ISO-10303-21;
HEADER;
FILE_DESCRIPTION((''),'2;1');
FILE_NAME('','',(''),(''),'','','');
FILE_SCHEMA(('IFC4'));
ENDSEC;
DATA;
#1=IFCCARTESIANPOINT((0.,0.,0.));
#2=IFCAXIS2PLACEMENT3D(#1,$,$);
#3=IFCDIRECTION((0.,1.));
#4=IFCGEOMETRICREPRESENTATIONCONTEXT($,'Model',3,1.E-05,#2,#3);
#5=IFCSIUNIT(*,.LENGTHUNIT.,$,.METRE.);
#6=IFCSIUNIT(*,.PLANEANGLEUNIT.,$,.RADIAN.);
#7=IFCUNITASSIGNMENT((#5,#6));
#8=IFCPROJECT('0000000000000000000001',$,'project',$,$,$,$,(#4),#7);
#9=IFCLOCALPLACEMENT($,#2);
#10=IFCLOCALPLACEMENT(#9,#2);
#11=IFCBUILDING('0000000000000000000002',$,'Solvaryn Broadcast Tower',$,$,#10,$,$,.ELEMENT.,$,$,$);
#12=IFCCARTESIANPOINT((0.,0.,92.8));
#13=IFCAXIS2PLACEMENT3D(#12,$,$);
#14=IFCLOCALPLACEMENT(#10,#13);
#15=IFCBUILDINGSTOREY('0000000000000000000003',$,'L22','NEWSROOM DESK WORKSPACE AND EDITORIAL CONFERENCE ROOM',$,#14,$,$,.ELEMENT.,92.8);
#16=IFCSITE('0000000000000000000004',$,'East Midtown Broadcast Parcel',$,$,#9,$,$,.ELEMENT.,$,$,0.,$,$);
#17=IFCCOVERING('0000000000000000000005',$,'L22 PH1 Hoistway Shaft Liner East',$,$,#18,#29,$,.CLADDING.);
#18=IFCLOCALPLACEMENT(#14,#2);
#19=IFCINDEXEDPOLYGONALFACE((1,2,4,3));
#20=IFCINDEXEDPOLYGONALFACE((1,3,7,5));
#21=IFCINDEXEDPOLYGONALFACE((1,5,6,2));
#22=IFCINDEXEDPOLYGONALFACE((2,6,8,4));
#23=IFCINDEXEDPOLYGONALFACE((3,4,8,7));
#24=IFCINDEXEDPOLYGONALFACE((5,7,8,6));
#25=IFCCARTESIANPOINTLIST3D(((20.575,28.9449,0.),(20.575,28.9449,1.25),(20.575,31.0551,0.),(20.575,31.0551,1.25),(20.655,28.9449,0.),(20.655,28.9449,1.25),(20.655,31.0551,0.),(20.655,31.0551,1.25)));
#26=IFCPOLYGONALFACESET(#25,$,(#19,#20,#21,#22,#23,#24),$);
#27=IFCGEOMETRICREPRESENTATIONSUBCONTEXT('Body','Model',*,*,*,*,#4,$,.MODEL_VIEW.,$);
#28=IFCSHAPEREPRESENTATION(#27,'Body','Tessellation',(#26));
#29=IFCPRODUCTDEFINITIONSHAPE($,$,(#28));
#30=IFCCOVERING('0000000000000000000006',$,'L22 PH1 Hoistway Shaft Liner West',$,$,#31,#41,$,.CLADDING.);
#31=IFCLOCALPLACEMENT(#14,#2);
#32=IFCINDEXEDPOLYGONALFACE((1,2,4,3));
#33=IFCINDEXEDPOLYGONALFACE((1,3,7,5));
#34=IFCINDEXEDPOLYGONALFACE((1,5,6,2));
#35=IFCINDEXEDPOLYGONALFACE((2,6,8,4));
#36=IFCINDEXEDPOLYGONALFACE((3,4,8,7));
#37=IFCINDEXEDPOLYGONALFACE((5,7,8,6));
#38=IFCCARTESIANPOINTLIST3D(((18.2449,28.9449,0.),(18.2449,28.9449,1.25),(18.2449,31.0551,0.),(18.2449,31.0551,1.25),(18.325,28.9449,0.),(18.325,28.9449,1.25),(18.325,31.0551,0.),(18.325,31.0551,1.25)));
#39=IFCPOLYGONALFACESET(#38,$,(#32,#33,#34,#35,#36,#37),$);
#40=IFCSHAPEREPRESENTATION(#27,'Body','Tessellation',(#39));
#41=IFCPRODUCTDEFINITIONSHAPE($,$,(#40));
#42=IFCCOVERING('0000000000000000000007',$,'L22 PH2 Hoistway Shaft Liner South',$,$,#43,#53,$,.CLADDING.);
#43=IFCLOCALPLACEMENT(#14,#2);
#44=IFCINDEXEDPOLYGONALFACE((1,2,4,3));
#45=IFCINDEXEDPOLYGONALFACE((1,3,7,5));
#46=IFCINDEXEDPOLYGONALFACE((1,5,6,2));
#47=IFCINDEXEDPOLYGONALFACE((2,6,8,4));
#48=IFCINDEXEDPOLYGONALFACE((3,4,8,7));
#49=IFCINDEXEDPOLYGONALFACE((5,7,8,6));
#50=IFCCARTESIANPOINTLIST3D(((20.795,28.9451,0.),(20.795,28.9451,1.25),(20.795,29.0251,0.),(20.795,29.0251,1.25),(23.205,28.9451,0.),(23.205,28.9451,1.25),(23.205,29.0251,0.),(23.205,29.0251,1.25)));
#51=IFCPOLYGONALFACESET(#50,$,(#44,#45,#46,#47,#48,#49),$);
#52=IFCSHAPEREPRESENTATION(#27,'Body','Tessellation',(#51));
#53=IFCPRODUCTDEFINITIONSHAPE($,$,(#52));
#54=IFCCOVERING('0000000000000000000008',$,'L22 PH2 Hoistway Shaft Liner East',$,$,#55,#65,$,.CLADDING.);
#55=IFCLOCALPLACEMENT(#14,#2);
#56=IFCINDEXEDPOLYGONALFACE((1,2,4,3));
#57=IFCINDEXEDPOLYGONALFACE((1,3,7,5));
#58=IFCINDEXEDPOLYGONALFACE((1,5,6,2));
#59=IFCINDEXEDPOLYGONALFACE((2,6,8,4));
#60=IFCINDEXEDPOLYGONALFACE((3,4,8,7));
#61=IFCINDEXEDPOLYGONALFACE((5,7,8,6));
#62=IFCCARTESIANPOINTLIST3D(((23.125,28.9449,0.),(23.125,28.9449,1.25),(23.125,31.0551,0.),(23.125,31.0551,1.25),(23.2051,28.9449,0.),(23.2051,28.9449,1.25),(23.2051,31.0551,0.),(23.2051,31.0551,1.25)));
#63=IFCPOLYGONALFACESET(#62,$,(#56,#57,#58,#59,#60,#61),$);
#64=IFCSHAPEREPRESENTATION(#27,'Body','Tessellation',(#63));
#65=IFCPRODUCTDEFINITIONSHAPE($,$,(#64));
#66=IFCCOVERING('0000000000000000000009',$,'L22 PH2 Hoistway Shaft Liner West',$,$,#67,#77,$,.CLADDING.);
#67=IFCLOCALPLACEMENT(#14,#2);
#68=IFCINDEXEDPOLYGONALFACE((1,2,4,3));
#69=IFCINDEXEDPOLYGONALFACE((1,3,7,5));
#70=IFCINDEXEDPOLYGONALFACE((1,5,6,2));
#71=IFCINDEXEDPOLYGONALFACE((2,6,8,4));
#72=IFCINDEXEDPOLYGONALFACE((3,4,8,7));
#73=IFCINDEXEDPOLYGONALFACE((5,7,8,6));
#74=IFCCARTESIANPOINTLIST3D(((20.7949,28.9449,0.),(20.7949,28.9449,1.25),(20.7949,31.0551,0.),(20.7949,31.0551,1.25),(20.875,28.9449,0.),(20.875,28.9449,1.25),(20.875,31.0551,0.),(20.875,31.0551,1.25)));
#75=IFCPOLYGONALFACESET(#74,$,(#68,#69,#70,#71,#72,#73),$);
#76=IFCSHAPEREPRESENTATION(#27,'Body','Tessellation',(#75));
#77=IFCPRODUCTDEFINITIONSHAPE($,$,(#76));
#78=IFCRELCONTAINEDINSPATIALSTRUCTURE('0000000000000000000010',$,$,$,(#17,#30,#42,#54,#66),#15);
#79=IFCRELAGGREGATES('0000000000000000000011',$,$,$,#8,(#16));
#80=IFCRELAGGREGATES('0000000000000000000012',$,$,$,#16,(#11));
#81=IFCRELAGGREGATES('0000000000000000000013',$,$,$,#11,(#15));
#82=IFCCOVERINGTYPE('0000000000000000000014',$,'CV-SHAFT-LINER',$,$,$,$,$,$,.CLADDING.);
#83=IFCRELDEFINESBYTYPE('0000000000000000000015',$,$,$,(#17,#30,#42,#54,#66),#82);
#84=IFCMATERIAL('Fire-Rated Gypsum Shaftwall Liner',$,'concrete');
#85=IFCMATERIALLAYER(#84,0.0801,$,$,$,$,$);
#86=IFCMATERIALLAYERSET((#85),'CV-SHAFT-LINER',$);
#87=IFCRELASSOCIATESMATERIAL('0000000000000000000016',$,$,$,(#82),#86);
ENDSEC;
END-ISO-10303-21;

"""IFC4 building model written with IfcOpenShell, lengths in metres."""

from ifc_helpers import new_model, si_unit, direction, frame, origin, origin_2d, place, context, subcontext, project, spatial, rectangle, extrude, material, layer, layer_set, type_object, element, save


model = new_model("IFC4")

# Units and contexts
model_context = context("Model", 3, precision=1e-05, world=origin(), true_north=direction((0.0, 1.0)))
body_context = subcontext(model_context, "Body", "Model", "MODEL_VIEW")
ifc_project = project(units=[si_unit("LENGTHUNIT", "METRE"), si_unit("PLANEANGLEUNIT", "RADIAN")], contexts=[model_context])

# Site, building, storey
site_placement = place(None, origin())
site = spatial("IfcSite", under=ifc_project, at=site_placement, Name="East Midtown Broadcast Parcel", CompositionType="ELEMENT", RefElevation=0.0)
building_placement = place(site_placement, origin())
building = spatial("IfcBuilding", under=site, at=building_placement, Name="Solvaryn Broadcast Tower", CompositionType="ELEMENT")
storey_placement = place(building_placement, frame((0.0, 0.0, 92.8)))
storey = spatial("IfcBuildingStorey", under=building, at=storey_placement, Name="L22", Description="NEWSROOM DESK WORKSPACE AND EDITORIAL CONFERENCE ROOM", CompositionType="ELEMENT", Elevation=92.8)

# Coverings
ifc_material_1 = material(Name="Fire-Rated Gypsum Shaftwall Liner", Category="concrete")
ifc_layer_1 = layer(ifc_material_1, 0.0801)
ifc_layer_set_1 = layer_set([ifc_layer_1], Name="CV-SHAFT-LINER")
covering_type = type_object("IfcCoveringType", Name="CV-SHAFT-LINER", PredefinedType="CLADDING", material=ifc_layer_set_1)
for number, where, z_axis, x_axis, name in (
    (1, (20.615, 30.0, 0.0), (0.0, 0.0, 1.0), (1.0, 0.0, 0.0), "L22 PH1 Hoistway Shaft Liner East"),
    (2, (18.2849, 30.0, 0.0), (0.0, 0.0, 1.0), (1.0, 0.0, 0.0), "L22 PH1 Hoistway Shaft Liner West"),
):
    element("IfcCovering", number, at=place(storey_placement, frame(where, z_axis=z_axis, x_axis=x_axis)), inside=storey, type_object=covering_type, Name=name, PredefinedType="CLADDING", context=body_context, shape_type="SweptSolid", body=[
        extrude(rectangle(XDim=0.0801, YDim=2.1101, at=origin_2d()), origin(), (0.0, 0.0, 1.0), 1.25),
    ])
covering_1_placement = place(storey_placement, frame((22.0, 28.9851, 0.0), z_axis=(0.0, 0.0, 1.0), x_axis=(1.0, 0.0, 0.0)))
element("IfcCovering", 3, at=covering_1_placement, inside=storey, type_object=covering_type, Name="L22 PH2 Hoistway Shaft Liner South", PredefinedType="CLADDING", context=body_context, shape_type="SweptSolid", body=[
    extrude(rectangle(XDim=2.4099, YDim=0.0801, at=origin_2d()), origin(), (0.0, 0.0, 1.0), 1.25),
])
for number, where, z_axis, x_axis, name in (
    (4, (23.165, 30.0, 0.0), (0.0, 0.0, 1.0), (1.0, 0.0, 0.0), "L22 PH2 Hoistway Shaft Liner East"),
    (5, (20.835, 30.0, 0.0), (0.0, 0.0, 1.0), (1.0, 0.0, 0.0), "L22 PH2 Hoistway Shaft Liner West"),
):
    element("IfcCovering", number, at=place(storey_placement, frame(where, z_axis=z_axis, x_axis=x_axis)), inside=storey, type_object=covering_type, Name=name, PredefinedType="CLADDING", context=body_context, shape_type="SweptSolid", body=[
        extrude(rectangle(XDim=0.0801, YDim=2.1101, at=origin_2d()), origin(), (0.0, 0.0, 1.0), 1.25),
    ])

save(model, "model.ifc")
